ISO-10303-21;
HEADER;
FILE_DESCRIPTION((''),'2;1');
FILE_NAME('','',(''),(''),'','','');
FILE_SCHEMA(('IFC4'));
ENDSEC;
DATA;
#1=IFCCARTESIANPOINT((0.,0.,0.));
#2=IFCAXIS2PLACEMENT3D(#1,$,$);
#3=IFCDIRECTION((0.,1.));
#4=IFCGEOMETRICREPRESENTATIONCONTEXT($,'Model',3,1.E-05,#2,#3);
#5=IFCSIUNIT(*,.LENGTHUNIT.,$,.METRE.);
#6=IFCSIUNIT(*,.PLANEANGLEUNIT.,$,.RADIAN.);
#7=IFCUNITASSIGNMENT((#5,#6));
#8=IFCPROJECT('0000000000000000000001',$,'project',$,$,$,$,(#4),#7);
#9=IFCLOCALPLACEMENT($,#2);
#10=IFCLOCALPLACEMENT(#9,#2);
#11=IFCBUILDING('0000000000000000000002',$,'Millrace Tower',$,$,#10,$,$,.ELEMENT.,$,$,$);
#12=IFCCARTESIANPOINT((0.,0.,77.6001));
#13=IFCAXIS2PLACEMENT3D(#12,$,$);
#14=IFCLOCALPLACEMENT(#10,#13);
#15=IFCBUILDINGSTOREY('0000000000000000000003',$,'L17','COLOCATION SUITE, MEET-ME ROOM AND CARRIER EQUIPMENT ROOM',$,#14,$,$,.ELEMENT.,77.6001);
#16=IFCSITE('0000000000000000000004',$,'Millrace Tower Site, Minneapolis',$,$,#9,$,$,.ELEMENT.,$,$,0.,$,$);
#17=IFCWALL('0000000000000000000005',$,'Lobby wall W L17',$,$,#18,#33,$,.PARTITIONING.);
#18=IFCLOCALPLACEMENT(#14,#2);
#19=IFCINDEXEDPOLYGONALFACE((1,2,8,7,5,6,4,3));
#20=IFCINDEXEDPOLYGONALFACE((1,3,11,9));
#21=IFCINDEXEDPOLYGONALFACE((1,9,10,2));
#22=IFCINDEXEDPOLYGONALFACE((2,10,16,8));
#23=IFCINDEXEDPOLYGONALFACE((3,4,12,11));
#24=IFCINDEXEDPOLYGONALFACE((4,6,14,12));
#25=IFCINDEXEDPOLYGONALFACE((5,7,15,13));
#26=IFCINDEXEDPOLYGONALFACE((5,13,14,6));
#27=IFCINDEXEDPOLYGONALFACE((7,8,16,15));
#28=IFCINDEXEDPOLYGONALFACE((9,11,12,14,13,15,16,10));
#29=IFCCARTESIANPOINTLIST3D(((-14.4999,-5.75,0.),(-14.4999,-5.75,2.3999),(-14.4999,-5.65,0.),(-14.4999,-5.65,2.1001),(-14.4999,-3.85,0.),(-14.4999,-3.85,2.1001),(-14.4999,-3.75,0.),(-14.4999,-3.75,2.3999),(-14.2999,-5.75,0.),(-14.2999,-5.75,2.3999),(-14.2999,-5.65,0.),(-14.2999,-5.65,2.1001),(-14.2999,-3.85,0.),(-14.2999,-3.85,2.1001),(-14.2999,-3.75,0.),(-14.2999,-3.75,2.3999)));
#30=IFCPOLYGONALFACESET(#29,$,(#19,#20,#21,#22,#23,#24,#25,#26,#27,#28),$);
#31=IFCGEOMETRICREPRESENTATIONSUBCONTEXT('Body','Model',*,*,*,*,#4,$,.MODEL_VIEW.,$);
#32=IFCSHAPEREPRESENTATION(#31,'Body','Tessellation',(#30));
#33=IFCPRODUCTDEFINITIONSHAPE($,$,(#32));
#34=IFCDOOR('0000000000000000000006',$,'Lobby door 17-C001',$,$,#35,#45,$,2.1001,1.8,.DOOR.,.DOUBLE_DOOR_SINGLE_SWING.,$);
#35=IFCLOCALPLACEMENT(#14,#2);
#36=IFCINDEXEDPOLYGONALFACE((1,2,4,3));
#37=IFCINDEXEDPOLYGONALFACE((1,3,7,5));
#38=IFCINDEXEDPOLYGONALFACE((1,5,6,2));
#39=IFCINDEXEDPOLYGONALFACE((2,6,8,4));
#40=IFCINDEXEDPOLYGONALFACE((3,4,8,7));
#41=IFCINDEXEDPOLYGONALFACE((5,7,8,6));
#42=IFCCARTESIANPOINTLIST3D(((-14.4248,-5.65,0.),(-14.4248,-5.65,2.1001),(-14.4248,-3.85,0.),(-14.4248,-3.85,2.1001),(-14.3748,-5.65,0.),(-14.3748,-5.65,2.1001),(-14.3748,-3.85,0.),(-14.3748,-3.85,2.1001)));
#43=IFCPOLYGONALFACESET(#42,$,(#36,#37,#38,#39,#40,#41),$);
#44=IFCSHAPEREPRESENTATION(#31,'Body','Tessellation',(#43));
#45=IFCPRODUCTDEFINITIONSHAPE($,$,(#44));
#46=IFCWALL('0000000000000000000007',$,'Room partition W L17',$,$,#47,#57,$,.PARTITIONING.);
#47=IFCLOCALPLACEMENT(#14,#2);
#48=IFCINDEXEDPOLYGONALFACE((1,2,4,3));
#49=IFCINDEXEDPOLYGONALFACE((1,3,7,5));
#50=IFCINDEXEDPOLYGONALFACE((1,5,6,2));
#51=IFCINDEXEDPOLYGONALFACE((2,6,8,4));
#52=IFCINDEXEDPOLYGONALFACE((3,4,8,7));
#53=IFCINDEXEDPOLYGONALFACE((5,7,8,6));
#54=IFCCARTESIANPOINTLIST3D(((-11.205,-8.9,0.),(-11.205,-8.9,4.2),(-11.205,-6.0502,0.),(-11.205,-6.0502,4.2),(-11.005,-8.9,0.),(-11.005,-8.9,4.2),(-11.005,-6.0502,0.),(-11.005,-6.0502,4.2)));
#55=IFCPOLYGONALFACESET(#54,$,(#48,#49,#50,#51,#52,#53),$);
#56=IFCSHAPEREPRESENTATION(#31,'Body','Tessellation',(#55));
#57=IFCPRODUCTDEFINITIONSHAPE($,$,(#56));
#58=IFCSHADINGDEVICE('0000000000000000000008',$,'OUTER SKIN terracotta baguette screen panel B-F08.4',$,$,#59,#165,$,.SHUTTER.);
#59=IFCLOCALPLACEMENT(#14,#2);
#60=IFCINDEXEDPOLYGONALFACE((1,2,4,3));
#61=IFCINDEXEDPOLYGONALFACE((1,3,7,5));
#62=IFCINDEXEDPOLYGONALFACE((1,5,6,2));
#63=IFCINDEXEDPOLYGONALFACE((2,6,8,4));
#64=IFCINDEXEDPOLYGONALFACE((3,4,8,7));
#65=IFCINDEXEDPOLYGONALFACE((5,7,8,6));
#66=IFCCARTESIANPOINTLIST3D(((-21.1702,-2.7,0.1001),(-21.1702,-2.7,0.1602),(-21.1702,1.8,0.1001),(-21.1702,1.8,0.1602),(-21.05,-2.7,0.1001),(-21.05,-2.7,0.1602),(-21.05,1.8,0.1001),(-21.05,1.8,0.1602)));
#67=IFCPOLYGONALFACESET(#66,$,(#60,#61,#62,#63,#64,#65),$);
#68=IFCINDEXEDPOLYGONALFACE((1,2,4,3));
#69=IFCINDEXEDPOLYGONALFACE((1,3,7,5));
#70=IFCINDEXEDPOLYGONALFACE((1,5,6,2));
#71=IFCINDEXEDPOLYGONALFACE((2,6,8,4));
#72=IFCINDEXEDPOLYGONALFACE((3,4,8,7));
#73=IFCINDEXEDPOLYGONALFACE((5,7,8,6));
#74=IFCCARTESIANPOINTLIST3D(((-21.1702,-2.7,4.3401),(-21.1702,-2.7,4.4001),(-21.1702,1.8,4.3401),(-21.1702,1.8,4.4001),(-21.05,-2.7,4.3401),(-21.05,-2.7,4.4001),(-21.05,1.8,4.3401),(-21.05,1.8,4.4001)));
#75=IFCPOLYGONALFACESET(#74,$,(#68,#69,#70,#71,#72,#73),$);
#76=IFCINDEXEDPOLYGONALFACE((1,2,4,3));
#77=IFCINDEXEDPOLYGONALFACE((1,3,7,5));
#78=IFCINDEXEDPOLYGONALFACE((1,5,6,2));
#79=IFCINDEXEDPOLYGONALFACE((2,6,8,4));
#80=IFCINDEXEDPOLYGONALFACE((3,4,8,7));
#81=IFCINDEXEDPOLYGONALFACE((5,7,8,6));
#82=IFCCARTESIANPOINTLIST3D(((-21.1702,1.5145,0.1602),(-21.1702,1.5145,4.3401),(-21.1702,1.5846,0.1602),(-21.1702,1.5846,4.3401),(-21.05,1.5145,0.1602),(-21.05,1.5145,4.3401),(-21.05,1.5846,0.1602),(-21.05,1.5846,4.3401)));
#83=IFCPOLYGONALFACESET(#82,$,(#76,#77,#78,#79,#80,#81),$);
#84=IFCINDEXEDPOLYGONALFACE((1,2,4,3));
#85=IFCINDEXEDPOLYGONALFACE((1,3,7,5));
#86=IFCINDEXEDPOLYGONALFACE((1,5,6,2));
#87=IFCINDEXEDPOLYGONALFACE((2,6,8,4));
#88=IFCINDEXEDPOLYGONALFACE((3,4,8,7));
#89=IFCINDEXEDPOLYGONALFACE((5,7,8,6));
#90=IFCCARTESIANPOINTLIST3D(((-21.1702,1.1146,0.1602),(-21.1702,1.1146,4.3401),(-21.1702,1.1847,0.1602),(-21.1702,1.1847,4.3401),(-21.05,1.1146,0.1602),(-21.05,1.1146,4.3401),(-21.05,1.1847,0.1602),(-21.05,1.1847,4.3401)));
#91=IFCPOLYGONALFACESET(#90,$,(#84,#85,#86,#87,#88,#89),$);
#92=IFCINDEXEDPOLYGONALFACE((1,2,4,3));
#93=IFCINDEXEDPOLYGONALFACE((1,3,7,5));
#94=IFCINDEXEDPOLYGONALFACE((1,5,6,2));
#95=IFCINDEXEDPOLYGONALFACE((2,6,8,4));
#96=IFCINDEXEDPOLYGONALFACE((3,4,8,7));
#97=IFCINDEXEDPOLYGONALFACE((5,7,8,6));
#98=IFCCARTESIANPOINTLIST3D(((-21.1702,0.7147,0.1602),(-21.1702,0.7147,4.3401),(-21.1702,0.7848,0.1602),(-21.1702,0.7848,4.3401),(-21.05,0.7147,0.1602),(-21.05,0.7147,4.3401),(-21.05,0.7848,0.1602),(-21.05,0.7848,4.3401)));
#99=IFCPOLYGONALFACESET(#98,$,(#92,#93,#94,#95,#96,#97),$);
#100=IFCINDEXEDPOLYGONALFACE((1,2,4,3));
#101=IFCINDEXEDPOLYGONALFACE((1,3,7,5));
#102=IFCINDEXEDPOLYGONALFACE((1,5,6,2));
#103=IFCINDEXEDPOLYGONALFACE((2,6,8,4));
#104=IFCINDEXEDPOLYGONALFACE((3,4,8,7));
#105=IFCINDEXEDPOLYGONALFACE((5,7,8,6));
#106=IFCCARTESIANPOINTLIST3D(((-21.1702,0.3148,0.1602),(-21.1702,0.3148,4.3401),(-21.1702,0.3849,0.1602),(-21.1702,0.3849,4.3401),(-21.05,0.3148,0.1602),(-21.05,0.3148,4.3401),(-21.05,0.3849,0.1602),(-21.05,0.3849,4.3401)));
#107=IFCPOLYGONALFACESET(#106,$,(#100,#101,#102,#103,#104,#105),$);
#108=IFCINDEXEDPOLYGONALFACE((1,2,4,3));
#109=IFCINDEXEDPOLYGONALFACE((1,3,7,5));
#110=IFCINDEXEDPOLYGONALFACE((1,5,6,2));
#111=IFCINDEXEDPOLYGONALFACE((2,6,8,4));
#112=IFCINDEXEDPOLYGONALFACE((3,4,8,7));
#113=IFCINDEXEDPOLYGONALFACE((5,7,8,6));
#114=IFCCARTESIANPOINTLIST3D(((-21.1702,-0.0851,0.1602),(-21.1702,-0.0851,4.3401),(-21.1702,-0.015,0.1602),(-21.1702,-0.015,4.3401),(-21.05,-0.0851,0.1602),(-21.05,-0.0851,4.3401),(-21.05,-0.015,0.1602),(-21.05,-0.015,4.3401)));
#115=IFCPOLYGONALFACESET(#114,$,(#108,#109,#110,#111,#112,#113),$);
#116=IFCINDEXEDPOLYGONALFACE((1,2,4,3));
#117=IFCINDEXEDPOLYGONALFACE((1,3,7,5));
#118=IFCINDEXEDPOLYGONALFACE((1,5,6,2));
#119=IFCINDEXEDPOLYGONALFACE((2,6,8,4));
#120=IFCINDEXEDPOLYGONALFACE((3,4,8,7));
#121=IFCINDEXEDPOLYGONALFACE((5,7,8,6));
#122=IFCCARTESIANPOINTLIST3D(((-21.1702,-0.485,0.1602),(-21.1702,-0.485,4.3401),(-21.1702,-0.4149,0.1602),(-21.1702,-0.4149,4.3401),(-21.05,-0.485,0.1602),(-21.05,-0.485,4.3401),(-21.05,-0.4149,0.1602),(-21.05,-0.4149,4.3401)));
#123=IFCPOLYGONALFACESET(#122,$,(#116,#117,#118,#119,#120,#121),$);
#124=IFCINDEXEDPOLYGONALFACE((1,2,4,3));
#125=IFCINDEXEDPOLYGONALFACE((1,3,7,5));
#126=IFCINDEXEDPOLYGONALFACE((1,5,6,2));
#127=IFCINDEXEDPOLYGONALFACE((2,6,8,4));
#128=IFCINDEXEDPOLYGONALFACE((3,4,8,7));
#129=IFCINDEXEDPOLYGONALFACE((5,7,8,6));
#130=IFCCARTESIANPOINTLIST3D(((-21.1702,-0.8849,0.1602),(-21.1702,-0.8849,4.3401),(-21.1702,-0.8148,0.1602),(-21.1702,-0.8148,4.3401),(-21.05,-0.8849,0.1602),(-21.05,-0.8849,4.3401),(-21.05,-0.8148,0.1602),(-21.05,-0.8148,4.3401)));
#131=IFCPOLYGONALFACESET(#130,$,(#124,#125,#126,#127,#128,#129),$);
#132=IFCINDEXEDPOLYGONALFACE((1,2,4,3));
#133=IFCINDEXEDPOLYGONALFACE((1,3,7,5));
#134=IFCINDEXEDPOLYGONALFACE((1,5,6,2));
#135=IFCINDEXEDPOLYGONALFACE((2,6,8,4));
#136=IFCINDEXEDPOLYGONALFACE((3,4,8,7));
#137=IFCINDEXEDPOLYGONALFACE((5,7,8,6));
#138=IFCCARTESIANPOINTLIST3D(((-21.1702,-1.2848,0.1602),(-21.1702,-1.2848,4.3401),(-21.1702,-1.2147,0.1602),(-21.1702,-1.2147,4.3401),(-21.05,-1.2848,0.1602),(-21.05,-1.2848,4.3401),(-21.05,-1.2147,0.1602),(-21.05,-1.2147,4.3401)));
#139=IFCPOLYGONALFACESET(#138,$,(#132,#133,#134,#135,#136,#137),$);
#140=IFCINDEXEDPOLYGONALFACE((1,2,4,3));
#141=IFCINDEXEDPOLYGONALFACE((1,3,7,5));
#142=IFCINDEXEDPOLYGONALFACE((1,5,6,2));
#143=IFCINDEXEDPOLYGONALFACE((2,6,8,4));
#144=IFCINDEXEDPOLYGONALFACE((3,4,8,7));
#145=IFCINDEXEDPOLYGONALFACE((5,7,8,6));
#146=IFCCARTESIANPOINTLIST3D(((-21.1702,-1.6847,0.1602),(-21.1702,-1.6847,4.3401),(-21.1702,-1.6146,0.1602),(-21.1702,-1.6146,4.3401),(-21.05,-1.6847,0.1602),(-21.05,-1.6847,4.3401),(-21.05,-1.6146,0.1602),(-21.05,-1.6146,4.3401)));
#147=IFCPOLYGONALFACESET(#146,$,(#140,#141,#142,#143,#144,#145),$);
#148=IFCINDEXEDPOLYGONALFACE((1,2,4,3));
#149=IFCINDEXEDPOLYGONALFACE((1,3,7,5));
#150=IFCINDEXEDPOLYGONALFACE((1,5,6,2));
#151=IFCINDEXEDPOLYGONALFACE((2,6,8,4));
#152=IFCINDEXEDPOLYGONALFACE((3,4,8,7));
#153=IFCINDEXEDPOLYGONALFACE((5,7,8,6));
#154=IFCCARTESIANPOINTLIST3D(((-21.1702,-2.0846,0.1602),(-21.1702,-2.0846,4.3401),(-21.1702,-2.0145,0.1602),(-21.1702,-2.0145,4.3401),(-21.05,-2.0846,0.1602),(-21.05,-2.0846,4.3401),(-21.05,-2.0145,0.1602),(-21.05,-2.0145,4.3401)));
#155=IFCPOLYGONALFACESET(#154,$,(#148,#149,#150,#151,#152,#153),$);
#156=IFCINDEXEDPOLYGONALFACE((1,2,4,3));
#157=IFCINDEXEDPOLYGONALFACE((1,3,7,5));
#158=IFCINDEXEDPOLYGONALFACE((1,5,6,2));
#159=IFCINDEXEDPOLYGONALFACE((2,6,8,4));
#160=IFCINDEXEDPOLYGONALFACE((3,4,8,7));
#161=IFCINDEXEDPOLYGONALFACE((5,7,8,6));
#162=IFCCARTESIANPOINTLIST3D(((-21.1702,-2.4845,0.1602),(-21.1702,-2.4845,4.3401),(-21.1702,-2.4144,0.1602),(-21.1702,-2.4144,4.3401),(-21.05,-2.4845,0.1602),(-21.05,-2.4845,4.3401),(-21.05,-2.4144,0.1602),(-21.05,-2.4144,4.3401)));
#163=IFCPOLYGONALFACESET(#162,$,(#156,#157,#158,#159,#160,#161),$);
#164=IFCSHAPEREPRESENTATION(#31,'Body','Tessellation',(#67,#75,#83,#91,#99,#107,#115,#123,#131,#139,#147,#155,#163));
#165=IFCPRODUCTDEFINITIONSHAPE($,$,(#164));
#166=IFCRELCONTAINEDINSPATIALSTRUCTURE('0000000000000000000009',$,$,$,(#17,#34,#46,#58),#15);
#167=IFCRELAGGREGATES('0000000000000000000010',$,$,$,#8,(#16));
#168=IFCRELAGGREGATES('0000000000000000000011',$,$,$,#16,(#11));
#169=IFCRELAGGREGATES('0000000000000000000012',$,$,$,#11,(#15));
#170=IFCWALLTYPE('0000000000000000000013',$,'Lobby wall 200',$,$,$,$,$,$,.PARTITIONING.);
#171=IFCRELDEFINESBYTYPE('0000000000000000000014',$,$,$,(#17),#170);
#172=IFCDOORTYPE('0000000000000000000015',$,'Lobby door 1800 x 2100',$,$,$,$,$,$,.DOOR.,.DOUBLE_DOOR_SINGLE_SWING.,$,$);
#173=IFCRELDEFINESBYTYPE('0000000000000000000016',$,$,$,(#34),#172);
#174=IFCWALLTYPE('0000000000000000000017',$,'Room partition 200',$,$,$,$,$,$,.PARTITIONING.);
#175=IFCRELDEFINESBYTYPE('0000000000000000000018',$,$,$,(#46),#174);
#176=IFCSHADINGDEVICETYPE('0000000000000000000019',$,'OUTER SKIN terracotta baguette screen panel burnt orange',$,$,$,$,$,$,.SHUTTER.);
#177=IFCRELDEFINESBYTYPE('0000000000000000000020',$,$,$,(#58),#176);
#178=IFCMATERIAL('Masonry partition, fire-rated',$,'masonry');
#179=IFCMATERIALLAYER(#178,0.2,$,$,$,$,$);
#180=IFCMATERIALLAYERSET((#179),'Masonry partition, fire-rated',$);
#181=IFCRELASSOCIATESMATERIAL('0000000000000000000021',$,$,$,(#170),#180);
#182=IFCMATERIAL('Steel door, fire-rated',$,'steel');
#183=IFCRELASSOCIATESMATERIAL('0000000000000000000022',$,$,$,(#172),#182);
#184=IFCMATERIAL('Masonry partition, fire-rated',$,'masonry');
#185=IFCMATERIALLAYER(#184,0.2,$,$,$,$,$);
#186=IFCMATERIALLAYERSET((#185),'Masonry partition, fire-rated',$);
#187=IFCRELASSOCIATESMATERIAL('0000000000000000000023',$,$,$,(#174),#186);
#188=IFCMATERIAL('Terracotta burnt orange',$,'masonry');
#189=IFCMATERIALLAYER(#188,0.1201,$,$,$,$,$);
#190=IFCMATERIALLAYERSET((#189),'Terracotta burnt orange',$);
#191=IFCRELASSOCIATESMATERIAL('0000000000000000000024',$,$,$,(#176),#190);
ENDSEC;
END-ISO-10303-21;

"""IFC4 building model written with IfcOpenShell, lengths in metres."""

from ifc_helpers import new_model, entity, si_unit, direction, frame, frame_2d, origin, origin_2d, place, context, subcontext, project, spatial, rectangle, extrude, source, transform, mapped, material, layer, layer_set, type_object, element, fill, save


model = new_model("IFC4")

# Units and contexts
model_context = context("Model", 3, precision=1e-05, world=origin(), true_north=direction((0.0, 1.0)))
body_context = subcontext(model_context, "Body", "Model", "MODEL_VIEW")
ifc_project = project(units=[si_unit("LENGTHUNIT", "METRE"), si_unit("PLANEANGLEUNIT", "RADIAN")], contexts=[model_context])

# Site, building, storey
site_placement = place(None, origin())
site = spatial("IfcSite", under=ifc_project, at=site_placement, Name="Millrace Tower Site, Minneapolis", CompositionType="ELEMENT", RefElevation=0.0)
building_placement = place(site_placement, origin())
building = spatial("IfcBuilding", under=site, at=building_placement, Name="Millrace Tower", CompositionType="ELEMENT")
storey_placement = place(building_placement, frame((0.0, 0.0, 77.6001)))
storey = spatial("IfcBuildingStorey", under=building, at=storey_placement, Name="L17", Description="COLOCATION SUITE, MEET-ME ROOM AND CARRIER EQUIPMENT ROOM", CompositionType="ELEMENT", Elevation=77.6001)

# Wall, opening, door
ifc_material_1 = material(Name="Masonry partition, fire-rated", Category="masonry")
ifc_layer_1 = layer(ifc_material_1, 0.2)
ifc_layer_set_1 = layer_set([ifc_layer_1], Name="Masonry partition, fire-rated")
wall_type_1 = type_object("IfcWallType", Name="Lobby wall 200", PredefinedType="PARTITIONING", material=ifc_layer_set_1)
wall_1_placement = place(storey_placement, frame((-14.3999, -5.75, 0.0), z_axis=(0.0, 0.0, 1.0), x_axis=(0.0, 1.0, 0.0)))
wall_1 = element("IfcWall", 1, at=wall_1_placement, inside=storey, type_object=wall_type_1, Name="Lobby wall W L17", PredefinedType="PARTITIONING", context=body_context, shape_type="SweptSolid", body=[
    extrude(rectangle(XDim=2.0, YDim=0.2, at=frame_2d((1.0, 0.0))), origin(), (0.0, 0.0, 1.0), 2.3999),
])
opening_1_placement = place(wall_1_placement, frame((0.1001, 0.0, 0.0)))
opening_1 = element("IfcOpeningElement", 2, at=opening_1_placement, cuts=wall_1, PredefinedType="OPENING", context=body_context, shape_type="SweptSolid", body=[
    extrude(rectangle(XDim=1.8, YDim=2.1001, at=frame_2d((0.8999, 1.05))), frame((0.0, 0.1099, 0.0), z_axis=(0.0, -1.0, 0.0), x_axis=(1.0, 0.0, 0.0)), (0.0, 0.0, 1.0), 0.22),
])
ifc_material_2 = material(Name="Steel door, fire-rated", Category="steel")
door_type_1 = type_object("IfcDoorType", Name="Lobby door 1800 x 2100", OperationType="DOUBLE_DOOR_SINGLE_SWING", PredefinedType="DOOR", material=ifc_material_2)
door_1_placement = place(opening_1_placement, origin())
door_1 = element("IfcDoor", 3, at=door_1_placement, inside=storey, type_object=door_type_1, Name="Lobby door 17-C001", OperationType="DOUBLE_DOOR_SINGLE_SWING", OverallHeight=2.1001, OverallWidth=1.8, PredefinedType="DOOR", context=body_context, shape_type="SweptSolid", body=[
    extrude(rectangle(XDim=1.8, YDim=2.1001, at=frame_2d((0.8999, 1.05))), frame((0.0, 0.0249, 0.0), z_axis=(0.0, -1.0, 0.0), x_axis=(1.0, 0.0, 0.0)), (0.0, 0.0, 1.0), 0.05),
])
fill(opening_1, door_1)

# Wall
ifc_material_3 = material(Name="Masonry partition, fire-rated", Category="masonry")
ifc_layer_2 = layer(ifc_material_3, 0.2)
ifc_layer_set_2 = layer_set([ifc_layer_2], Name="Masonry partition, fire-rated")
wall_type_2 = type_object("IfcWallType", Name="Room partition 200", PredefinedType="PARTITIONING", material=ifc_layer_set_2)
wall_2_placement = place(storey_placement, frame((-11.105, -8.8999, 0.0), z_axis=(0.0, 0.0, 1.0), x_axis=(0.0, 1.0, 0.0)))
element("IfcWall", 4, at=wall_2_placement, inside=storey, type_object=wall_type_2, Name="Room partition W L17", PredefinedType="PARTITIONING", context=body_context, shape_type="SweptSolid", body=[
    extrude(rectangle(XDim=2.8499, YDim=0.2, at=frame_2d((1.4248, 0.0))), origin(), (0.0, 0.0, 1.0), 4.2),
])

# Shading device
ifc_material_4 = material(Name="Terracotta burnt orange", Category="masonry")
ifc_layer_3 = layer(ifc_material_4, 0.1201)
ifc_layer_set_3 = layer_set([ifc_layer_3], Name="Terracotta burnt orange")
shading_device_type = type_object("IfcShadingDeviceType", Name="OUTER SKIN terracotta baguette screen panel burnt orange", PredefinedType="SHUTTER", material=ifc_layer_set_3)
cartesian_point = entity("IfcCartesianPoint", [-2.25, 0.0601])
shared_polyline = entity("IfcPolyline", [cartesian_point, entity("IfcCartesianPoint", [2.25, 0.0601]), entity("IfcCartesianPoint", [2.25, -0.0601]), entity("IfcCartesianPoint", [-2.25, -0.0601]), cartesian_point])
shared_shape = source(origin(), body_context, "Body", "SweptSolid", [
    entity("IfcExtrudedAreaSolid", entity("IfcArbitraryClosedProfileDef", "AREA", None, shared_polyline), entity("IfcAxis2Placement3D", entity("IfcCartesianPoint", [0.0, 0.0, 0.0])), entity("IfcDirection", [0.0, 0.0, 1.0]), 0.0601),
    entity("IfcExtrudedAreaSolid", entity("IfcArbitraryClosedProfileDef", "AREA", None, shared_polyline), entity("IfcAxis2Placement3D", entity("IfcCartesianPoint", [0.0, 0.0, 4.24])), entity("IfcDirection", [0.0, 0.0, 1.0]), 0.0601),
    extrude(rectangle(XDim=0.0701, YDim=0.1201, at=frame_2d((-1.9995, 0.0))), frame((0.0, 0.0, 0.0601)), (0.0, 0.0, 1.0), 4.1799),
    extrude(rectangle(XDim=0.0701, YDim=0.1201, at=frame_2d((-1.5996, 0.0))), frame((0.0, 0.0, 0.0601)), (0.0, 0.0, 1.0), 4.1799),
    extrude(rectangle(XDim=0.0701, YDim=0.1201, at=frame_2d((-1.1997, 0.0))), frame((0.0, 0.0, 0.0601)), (0.0, 0.0, 1.0), 4.1799),
    extrude(rectangle(XDim=0.0701, YDim=0.1201, at=frame_2d((-0.7998, 0.0))), frame((0.0, 0.0, 0.0601)), (0.0, 0.0, 1.0), 4.1799),
    extrude(rectangle(XDim=0.0701, YDim=0.1201, at=frame_2d((-0.3999, 0.0))), frame((0.0, 0.0, 0.0601)), (0.0, 0.0, 1.0), 4.1799),
    extrude(rectangle(XDim=0.0701, YDim=0.1201, at=origin_2d()), frame((0.0, 0.0, 0.0601)), (0.0, 0.0, 1.0), 4.1799),
    extrude(rectangle(XDim=0.0701, YDim=0.1201, at=frame_2d((0.3999, 0.0))), frame((0.0, 0.0, 0.0601)), (0.0, 0.0, 1.0), 4.1799),
    extrude(rectangle(XDim=0.0701, YDim=0.1201, at=frame_2d((0.7998, 0.0))), frame((0.0, 0.0, 0.0601)), (0.0, 0.0, 1.0), 4.1799),
    extrude(rectangle(XDim=0.0701, YDim=0.1201, at=frame_2d((1.1997, 0.0))), frame((0.0, 0.0, 0.0601)), (0.0, 0.0, 1.0), 4.1799),
    extrude(rectangle(XDim=0.0701, YDim=0.1201, at=frame_2d((1.5996, 0.0))), frame((0.0, 0.0, 0.0601)), (0.0, 0.0, 1.0), 4.1799),
    extrude(rectangle(XDim=0.0701, YDim=0.1201, at=frame_2d((1.9995, 0.0))), frame((0.0, 0.0, 0.0601)), (0.0, 0.0, 1.0), 4.1799),
])
for number, where, z_axis, x_axis, name in (
    (5, (-21.1101, -0.45, 0.1001), (0.0, 0.0, 1.0), (0.0, -1.0, 0.0), "OUTER SKIN terracotta baguette screen panel B-F08.4"),
):
    element("IfcShadingDevice", number, at=place(storey_placement, frame(where, z_axis=z_axis, x_axis=x_axis)), inside=storey, type_object=shading_device_type, Name=name, PredefinedType="SHUTTER", context=body_context, shape_type="MappedRepresentation", body=[
        mapped(shared_shape, transform((0.0, 0.0, 0.0), scale=1.0)),
    ])

save(model, "model.ifc")
